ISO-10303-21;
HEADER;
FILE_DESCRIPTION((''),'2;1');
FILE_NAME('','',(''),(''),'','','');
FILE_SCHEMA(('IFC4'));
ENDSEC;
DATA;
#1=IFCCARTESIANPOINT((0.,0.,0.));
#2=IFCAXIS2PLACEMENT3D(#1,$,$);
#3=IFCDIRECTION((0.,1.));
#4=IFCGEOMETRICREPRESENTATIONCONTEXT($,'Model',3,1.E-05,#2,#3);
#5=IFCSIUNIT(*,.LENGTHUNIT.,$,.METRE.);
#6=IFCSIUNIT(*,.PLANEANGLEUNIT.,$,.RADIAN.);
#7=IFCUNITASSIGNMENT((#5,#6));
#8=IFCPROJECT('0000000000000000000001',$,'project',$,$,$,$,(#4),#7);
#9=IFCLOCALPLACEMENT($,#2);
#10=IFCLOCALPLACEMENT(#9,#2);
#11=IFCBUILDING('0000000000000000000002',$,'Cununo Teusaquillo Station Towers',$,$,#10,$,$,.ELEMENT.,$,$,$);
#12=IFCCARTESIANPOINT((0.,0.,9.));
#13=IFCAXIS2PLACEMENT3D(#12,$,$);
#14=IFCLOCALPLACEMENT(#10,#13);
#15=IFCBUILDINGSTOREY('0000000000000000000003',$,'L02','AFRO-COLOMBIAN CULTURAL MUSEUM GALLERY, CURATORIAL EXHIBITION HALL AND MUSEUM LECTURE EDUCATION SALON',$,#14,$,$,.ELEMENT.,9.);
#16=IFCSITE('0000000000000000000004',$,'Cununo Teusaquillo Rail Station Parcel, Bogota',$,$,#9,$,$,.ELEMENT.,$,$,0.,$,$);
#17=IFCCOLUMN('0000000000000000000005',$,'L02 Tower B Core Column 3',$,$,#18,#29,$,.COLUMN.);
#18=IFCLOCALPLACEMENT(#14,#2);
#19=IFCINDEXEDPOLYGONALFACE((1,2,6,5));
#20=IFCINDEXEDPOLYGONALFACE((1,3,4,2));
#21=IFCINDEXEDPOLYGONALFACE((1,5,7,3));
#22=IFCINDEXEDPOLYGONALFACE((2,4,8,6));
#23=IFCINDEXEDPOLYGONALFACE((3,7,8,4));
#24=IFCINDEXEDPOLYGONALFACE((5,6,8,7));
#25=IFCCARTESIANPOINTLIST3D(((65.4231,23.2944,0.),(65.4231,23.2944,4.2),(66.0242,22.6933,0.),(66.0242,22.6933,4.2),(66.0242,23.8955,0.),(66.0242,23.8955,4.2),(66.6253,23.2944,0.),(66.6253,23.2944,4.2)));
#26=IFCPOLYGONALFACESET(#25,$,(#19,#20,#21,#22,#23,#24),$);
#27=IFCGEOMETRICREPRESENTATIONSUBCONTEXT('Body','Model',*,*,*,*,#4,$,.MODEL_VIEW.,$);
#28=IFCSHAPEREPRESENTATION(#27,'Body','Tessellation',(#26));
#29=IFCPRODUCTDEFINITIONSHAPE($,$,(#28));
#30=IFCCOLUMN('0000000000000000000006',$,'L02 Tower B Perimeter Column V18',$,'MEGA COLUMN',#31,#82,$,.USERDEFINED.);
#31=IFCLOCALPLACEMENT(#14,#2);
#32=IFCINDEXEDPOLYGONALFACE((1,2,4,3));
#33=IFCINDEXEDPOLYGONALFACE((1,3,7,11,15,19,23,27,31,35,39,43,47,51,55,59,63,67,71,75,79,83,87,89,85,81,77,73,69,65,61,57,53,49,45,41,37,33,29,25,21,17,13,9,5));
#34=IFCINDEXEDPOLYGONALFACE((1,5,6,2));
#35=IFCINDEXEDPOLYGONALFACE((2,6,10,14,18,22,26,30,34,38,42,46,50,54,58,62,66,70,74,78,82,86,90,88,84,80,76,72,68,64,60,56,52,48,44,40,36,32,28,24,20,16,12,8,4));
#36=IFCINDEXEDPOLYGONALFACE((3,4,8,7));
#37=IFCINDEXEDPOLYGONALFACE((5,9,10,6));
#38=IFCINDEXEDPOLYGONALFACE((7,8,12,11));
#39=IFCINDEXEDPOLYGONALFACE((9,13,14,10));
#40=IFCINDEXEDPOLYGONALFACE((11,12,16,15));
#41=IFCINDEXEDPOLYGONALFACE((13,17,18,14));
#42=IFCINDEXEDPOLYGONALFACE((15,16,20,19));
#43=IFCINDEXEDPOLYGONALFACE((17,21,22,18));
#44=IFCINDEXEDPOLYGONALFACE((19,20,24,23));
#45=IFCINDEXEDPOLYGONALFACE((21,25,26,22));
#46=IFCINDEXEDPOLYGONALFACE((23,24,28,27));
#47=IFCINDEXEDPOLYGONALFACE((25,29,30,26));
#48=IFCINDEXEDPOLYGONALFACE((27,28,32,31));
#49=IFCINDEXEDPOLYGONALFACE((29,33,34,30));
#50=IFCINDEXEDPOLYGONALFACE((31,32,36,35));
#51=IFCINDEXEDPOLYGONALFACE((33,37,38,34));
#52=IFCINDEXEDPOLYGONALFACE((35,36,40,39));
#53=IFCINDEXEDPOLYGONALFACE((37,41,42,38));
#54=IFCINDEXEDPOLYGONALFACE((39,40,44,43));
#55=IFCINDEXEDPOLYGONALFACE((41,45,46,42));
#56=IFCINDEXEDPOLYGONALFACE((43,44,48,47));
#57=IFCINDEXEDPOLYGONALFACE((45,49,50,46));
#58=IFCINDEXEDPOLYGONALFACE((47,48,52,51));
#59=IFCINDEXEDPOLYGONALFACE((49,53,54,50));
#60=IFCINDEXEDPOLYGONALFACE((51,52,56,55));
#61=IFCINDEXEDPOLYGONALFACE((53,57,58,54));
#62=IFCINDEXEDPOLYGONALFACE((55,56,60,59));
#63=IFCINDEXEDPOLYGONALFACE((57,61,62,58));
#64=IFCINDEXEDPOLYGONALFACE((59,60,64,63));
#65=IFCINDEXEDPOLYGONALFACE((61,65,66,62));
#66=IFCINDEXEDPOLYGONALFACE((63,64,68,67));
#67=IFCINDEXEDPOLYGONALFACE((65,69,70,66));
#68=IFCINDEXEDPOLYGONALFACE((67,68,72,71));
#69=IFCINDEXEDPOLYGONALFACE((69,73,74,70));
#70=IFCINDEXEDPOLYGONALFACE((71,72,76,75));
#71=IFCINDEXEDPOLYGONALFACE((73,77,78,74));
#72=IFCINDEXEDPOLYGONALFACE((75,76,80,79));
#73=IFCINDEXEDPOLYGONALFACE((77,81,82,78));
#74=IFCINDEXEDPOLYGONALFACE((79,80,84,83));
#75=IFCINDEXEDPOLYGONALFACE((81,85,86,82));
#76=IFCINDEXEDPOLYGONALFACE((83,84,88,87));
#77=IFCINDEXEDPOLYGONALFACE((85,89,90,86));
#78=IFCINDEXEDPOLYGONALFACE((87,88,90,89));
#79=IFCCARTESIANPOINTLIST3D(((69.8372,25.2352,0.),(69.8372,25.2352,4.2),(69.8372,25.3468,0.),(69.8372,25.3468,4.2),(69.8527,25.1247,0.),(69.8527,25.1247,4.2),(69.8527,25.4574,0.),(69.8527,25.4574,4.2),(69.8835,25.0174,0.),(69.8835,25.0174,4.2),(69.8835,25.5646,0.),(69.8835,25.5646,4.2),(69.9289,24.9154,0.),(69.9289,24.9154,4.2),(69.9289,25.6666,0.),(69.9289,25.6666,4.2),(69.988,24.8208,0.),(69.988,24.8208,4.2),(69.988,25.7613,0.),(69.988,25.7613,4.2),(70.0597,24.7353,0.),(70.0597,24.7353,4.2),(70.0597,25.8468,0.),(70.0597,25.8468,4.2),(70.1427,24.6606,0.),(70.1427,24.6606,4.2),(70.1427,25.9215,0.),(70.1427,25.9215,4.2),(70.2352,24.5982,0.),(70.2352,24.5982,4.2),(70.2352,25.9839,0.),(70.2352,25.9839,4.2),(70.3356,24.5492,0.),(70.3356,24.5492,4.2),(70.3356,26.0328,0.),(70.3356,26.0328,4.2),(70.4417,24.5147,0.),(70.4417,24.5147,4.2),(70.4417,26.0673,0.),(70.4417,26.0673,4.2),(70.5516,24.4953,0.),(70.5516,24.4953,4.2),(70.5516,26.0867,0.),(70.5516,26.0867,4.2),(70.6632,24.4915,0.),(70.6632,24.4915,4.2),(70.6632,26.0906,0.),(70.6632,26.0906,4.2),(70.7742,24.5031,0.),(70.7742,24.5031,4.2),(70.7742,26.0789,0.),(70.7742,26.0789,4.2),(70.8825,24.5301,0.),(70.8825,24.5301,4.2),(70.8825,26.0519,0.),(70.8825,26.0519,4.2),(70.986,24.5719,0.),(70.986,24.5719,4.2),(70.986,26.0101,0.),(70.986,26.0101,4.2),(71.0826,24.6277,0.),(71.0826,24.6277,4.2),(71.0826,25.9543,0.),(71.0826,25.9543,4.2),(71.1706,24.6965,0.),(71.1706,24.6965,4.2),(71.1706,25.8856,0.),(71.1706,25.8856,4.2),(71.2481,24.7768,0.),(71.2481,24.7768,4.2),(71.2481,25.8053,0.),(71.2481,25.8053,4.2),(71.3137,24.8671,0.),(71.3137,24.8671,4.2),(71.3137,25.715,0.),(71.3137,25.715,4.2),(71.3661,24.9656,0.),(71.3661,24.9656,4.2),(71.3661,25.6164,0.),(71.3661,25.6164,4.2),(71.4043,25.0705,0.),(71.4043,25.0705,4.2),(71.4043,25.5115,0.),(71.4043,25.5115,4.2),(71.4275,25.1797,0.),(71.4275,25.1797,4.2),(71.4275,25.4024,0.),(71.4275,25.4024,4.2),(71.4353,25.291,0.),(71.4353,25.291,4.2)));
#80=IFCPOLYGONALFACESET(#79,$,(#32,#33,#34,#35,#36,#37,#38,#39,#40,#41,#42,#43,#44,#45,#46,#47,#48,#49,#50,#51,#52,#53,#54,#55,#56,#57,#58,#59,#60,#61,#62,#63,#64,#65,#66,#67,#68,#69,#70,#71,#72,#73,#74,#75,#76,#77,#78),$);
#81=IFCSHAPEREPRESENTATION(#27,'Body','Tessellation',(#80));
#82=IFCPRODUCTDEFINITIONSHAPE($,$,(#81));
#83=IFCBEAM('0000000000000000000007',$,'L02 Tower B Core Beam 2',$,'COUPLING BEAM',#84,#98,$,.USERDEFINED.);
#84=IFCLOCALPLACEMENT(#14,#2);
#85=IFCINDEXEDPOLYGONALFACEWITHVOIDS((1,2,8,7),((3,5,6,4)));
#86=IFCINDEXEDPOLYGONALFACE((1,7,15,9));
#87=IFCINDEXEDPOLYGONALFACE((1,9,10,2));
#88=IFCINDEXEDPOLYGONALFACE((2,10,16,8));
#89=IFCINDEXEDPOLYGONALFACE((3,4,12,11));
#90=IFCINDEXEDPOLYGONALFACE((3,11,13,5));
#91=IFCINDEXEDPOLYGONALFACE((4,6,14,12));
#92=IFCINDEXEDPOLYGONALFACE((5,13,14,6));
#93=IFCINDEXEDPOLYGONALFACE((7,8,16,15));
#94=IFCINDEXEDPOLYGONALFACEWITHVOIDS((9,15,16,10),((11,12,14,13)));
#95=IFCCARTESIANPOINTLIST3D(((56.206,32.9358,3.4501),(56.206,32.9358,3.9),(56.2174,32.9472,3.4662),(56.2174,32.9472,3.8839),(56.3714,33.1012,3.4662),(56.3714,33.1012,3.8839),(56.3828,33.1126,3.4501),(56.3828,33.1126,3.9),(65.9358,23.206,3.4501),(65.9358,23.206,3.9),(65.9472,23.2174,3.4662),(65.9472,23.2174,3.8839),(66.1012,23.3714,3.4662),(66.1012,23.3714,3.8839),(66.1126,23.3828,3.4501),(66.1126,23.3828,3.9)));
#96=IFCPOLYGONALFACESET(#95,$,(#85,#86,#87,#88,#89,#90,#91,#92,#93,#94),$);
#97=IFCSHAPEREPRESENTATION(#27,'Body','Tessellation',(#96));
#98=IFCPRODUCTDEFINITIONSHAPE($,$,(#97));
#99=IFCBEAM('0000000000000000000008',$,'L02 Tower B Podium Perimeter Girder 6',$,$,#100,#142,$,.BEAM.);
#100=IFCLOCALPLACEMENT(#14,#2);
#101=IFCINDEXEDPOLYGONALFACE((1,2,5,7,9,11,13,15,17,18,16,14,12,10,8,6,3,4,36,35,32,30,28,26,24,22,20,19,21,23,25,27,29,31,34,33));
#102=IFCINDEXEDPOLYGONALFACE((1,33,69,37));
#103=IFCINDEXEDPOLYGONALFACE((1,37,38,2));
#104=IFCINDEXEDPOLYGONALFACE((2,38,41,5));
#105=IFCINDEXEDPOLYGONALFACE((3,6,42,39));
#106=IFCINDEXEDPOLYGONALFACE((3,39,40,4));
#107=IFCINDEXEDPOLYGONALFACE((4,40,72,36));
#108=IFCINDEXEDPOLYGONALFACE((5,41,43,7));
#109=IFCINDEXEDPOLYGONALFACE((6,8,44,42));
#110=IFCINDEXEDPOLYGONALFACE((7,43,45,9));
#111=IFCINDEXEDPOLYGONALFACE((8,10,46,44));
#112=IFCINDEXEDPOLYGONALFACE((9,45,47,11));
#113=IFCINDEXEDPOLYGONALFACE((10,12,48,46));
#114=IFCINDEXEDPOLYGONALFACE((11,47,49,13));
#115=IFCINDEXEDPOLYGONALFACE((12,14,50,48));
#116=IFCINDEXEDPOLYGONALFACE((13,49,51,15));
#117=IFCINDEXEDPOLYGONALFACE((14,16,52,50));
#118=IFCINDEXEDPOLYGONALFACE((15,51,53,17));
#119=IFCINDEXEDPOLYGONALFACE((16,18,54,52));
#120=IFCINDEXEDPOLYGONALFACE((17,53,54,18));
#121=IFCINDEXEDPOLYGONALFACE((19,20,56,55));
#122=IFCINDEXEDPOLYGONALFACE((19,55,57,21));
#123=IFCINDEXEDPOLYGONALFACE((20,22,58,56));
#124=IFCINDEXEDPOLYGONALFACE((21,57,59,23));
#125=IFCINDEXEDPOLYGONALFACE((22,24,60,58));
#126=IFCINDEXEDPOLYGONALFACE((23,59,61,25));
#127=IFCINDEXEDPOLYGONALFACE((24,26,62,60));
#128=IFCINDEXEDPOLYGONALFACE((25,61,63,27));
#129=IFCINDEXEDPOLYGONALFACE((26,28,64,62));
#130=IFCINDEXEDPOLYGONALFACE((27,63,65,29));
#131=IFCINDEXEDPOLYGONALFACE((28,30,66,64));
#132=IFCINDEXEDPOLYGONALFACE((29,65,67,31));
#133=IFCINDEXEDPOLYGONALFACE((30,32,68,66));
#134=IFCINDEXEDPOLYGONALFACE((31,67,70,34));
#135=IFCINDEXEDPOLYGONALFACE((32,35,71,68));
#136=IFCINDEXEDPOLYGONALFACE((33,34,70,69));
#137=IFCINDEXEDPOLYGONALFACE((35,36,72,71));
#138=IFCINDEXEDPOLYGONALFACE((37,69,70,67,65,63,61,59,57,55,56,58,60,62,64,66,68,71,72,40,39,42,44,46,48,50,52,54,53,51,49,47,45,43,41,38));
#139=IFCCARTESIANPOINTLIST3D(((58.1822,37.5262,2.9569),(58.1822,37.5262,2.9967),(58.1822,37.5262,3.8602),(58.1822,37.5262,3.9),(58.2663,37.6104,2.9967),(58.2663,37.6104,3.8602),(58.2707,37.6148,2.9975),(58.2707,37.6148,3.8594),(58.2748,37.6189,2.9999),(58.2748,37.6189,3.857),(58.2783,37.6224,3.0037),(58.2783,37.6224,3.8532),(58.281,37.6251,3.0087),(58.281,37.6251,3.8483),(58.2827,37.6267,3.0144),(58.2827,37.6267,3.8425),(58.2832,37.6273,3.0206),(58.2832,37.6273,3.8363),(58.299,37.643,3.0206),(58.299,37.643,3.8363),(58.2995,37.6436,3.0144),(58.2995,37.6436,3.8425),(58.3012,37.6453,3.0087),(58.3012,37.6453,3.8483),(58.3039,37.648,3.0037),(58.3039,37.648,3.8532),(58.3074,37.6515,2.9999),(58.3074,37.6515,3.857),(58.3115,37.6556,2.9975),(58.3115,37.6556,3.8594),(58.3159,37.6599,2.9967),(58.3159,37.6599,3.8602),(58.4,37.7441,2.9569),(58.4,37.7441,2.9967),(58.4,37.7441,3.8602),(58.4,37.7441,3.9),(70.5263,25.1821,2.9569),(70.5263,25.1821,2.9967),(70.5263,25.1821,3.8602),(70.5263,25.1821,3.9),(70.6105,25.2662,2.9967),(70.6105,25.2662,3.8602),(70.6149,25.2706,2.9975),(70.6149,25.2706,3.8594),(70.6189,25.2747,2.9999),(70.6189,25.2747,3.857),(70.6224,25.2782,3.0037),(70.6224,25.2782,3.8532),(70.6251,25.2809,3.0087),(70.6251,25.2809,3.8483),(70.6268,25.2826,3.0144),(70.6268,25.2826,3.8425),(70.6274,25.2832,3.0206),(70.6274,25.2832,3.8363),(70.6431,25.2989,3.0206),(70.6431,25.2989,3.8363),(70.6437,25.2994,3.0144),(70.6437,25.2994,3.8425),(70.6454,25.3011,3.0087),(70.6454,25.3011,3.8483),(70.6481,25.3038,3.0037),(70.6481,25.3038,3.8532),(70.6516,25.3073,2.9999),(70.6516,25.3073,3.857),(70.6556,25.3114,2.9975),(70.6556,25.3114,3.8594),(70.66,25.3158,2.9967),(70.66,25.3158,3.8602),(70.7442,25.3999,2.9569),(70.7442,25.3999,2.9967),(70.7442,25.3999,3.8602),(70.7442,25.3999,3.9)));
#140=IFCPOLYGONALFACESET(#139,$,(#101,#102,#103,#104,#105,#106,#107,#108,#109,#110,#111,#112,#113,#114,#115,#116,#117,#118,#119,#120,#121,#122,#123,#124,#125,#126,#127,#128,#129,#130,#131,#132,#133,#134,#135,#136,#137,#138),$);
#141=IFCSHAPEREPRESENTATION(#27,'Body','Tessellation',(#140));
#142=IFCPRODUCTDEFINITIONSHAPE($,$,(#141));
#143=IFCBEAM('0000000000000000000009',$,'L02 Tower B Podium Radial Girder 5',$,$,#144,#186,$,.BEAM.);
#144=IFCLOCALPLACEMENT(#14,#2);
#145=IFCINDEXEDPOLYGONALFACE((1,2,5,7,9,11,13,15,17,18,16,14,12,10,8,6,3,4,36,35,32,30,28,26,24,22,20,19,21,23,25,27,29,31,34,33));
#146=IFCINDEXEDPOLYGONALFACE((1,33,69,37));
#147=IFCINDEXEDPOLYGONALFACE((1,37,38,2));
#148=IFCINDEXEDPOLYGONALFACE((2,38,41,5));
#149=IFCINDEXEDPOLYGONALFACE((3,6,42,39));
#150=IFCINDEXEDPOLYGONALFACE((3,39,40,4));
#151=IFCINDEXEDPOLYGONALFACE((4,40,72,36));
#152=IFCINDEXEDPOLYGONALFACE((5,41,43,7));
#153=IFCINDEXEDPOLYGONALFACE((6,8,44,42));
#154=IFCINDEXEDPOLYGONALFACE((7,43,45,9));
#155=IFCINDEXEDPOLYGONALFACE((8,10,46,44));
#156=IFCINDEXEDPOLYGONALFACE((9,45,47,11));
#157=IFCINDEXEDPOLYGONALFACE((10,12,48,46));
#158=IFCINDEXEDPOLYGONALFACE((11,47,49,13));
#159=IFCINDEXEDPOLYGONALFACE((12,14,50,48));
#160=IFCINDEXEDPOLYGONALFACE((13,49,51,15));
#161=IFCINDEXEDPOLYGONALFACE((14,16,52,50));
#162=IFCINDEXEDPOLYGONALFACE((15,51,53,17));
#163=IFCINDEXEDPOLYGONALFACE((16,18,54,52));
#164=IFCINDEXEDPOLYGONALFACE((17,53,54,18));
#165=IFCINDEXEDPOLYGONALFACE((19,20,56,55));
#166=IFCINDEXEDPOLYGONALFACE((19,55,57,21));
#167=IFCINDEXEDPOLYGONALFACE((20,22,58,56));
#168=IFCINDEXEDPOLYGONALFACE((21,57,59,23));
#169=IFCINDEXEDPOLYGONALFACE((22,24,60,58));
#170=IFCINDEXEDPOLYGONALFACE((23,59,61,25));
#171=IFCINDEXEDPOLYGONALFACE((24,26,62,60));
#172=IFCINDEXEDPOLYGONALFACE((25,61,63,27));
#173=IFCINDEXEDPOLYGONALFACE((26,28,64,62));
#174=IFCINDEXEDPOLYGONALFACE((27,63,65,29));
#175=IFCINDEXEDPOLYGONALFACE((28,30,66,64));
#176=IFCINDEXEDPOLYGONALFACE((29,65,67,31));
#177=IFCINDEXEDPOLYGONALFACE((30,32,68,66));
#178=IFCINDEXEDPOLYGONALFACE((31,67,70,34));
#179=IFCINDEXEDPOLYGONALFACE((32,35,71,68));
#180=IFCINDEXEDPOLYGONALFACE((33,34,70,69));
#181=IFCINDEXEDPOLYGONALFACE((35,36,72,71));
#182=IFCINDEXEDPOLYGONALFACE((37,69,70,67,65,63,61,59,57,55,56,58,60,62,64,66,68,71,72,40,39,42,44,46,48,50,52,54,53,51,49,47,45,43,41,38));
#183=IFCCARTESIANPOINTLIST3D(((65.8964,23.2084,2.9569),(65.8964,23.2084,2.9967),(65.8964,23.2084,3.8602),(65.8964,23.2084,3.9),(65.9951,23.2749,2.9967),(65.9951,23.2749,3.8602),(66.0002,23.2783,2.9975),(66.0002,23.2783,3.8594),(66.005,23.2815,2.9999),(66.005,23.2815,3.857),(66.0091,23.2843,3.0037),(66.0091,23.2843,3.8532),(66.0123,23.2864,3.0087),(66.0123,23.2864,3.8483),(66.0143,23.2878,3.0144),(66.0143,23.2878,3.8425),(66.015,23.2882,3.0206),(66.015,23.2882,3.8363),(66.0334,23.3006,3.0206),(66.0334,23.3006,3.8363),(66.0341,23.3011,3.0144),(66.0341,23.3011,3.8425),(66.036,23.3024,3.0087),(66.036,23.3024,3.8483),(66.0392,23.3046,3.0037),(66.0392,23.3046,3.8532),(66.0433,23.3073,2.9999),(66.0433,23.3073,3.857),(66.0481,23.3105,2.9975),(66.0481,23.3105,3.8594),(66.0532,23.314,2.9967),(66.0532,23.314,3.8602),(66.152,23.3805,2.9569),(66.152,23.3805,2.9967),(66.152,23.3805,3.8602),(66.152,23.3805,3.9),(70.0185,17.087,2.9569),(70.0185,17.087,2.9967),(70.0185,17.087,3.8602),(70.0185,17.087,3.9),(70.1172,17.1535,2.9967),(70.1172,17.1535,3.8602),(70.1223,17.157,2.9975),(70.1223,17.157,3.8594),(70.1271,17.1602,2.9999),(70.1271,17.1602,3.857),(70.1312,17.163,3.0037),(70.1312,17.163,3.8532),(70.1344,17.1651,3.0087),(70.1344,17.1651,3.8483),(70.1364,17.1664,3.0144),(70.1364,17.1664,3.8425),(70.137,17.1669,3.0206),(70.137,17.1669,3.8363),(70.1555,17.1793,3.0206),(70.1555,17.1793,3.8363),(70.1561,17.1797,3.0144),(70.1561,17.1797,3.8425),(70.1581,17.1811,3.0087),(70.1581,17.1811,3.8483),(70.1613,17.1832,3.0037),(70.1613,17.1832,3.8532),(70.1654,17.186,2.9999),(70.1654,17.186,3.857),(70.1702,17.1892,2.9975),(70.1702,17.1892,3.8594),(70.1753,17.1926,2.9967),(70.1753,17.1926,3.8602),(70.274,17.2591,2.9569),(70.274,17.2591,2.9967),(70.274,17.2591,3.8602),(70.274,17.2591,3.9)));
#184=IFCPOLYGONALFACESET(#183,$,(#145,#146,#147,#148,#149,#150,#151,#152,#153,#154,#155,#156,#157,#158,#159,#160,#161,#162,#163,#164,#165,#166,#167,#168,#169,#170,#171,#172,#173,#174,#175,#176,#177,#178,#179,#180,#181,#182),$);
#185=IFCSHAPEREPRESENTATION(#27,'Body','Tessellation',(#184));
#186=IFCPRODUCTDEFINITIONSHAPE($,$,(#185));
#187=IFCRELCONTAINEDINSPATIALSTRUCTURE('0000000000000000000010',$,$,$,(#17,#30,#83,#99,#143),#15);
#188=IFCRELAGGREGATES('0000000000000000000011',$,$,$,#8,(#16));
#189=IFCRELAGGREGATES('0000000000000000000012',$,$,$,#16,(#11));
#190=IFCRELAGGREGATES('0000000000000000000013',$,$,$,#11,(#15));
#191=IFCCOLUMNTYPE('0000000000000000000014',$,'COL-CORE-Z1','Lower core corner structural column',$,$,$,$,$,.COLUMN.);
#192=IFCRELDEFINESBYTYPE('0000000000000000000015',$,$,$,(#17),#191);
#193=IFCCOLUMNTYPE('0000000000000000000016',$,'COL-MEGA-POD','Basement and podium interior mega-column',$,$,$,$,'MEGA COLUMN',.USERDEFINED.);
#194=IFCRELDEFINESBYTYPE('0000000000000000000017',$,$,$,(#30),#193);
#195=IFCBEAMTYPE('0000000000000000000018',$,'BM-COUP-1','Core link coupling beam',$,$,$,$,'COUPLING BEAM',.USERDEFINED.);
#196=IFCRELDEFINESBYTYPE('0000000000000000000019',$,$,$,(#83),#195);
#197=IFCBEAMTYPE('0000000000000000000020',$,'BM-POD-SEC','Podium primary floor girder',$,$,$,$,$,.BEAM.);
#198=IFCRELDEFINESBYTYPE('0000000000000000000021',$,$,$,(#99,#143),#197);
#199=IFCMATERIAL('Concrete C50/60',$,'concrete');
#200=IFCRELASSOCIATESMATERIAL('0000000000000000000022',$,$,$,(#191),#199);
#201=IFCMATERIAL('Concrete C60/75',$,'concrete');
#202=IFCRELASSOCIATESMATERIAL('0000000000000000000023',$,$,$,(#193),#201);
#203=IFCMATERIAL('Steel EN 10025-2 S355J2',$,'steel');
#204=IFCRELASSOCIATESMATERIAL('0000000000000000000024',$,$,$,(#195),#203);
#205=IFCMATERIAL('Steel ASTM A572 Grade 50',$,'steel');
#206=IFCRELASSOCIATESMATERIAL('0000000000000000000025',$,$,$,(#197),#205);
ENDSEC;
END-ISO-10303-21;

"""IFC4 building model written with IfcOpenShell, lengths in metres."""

from ifc_helpers import new_model, si_unit, direction, frame, origin, origin_2d, place, context, subcontext, project, spatial, rectangle, hollow_rectangle, circle, i_section, extrude, material, material_profile, profile_set, type_object, element, save


model = new_model("IFC4")

# Units and contexts
model_context = context("Model", 3, precision=1e-05, world=origin(), true_north=direction((0.0, 1.0)))
body_context = subcontext(model_context, "Body", "Model", "MODEL_VIEW")
ifc_project = project(units=[si_unit("LENGTHUNIT", "METRE"), si_unit("PLANEANGLEUNIT", "RADIAN")], contexts=[model_context])

# Site, building, storey
site_placement = place(None, origin())
site = spatial("IfcSite", under=ifc_project, at=site_placement, Name="Cununo Teusaquillo Rail Station Parcel, Bogota", CompositionType="ELEMENT", RefElevation=0.0)
building_placement = place(site_placement, origin())
building = spatial("IfcBuilding", under=site, at=building_placement, Name="Cununo Teusaquillo Station Towers", CompositionType="ELEMENT")
storey_placement = place(building_placement, frame((0.0, 0.0, 9.0)))
storey = spatial("IfcBuildingStorey", under=building, at=storey_placement, Name="L02", Description="AFRO-COLOMBIAN CULTURAL MUSEUM GALLERY, CURATORIAL EXHIBITION HALL AND MUSEUM LECTURE EDUCATION SALON", CompositionType="ELEMENT", Elevation=9.0)

# Columns
ifc_material_1 = material(Name="Concrete C50/60", Category="concrete")
ifc_material_profile_1 = material_profile(ifc_material_1, rectangle(XDim=0.8501, YDim=0.8501, at=origin_2d()), Name="RC-RECT-850x850")
ifc_profile_set_1 = profile_set([ifc_material_profile_1], Name="Concrete C50/60")
column_type_1 = type_object("IfcColumnType", Name="COL-CORE-Z1", Description="Lower core corner structural column", PredefinedType="COLUMN", material=ifc_profile_set_1)
column_1_placement = place(storey_placement, frame((66.0242, 23.2944, 0.0), z_axis=(0.0, 0.0, 1.0), x_axis=(0.707107, 0.707107, 0.0)))
element("IfcColumn", 1, at=column_1_placement, inside=storey, type_object=column_type_1, Name="L02 Tower B Core Column 3", PredefinedType="COLUMN", context=body_context, shape_type="SweptSolid", body=[
    extrude(rectangle(XDim=0.8501, YDim=0.8501, at=origin_2d()), origin(), (0.0, 0.0, 1.0), 4.2),
])
ifc_material_2 = material(Name="Concrete C60/75", Category="concrete")
ifc_material_profile_2 = material_profile(ifc_material_2, circle(Radius=0.8, at=origin_2d()), Name="RC-CIRC-1600")
ifc_profile_set_2 = profile_set([ifc_material_profile_2], Name="Concrete C60/75")
column_type_2 = type_object("IfcColumnType", Name="COL-MEGA-POD", Description="Basement and podium interior mega-column", ElementType="MEGA COLUMN", PredefinedType="USERDEFINED", material=ifc_profile_set_2)
column_2_placement = place(storey_placement, frame((70.6353, 25.291, 0.0), z_axis=(0.0, 0.0, 1.0), x_axis=(1.0, 0.0, 0.0)))
element("IfcColumn", 2, at=column_2_placement, inside=storey, type_object=column_type_2, Name="L02 Tower B Perimeter Column V18", ObjectType="MEGA COLUMN", PredefinedType="USERDEFINED", context=body_context, shape_type="SweptSolid", body=[
    extrude(circle(Radius=0.8, at=origin_2d()), origin(), (0.0, 0.0, 1.0), 4.2),
])

# Beams
ifc_material_3 = material(Name="Steel EN 10025-2 S355J2", Category="steel")
ifc_material_profile_3 = material_profile(ifc_material_3, hollow_rectangle(XDim=0.25, YDim=0.45, WallThickness=0.0161, at=origin_2d()), Name="RHS 450x250x16")
ifc_profile_set_3 = profile_set([ifc_material_profile_3], Name="Steel EN 10025-2 S355J2")
beam_type_1 = type_object("IfcBeamType", Name="BM-COUP-1", Description="Core link coupling beam", ElementType="COUPLING BEAM", PredefinedType="USERDEFINED", material=ifc_profile_set_3)
beam_1_placement = place(storey_placement, frame((66.0242, 23.2944, 3.675), z_axis=(-0.707107, 0.707107, 0.0), x_axis=(-0.707107, -0.707107, 0.0)))
element("IfcBeam", 3, at=beam_1_placement, inside=storey, type_object=beam_type_1, Name="L02 Tower B Core Beam 2", ObjectType="COUPLING BEAM", PredefinedType="USERDEFINED", context=body_context, shape_type="SweptSolid", body=[
    extrude(hollow_rectangle(XDim=0.25, YDim=0.45, WallThickness=0.0161, at=origin_2d()), origin(), (0.0, 0.0, 1.0), 13.76),
])
ifc_material_4 = material(Name="Steel ASTM A572 Grade 50", Category="steel")
ifc_material_profile_4 = material_profile(ifc_material_4, i_section(OverallWidth=0.3081, OverallDepth=0.9431, WebThickness=0.0222, FlangeThickness=0.0398, FilletRadius=0.0239, at=origin_2d()), Name="W36X232")
ifc_profile_set_4 = profile_set([ifc_material_profile_4], Name="Steel ASTM A572 Grade 50")
beam_type_2 = type_object("IfcBeamType", Name="BM-POD-SEC", Description="Podium primary floor girder", PredefinedType="BEAM", material=ifc_profile_set_4)
beam_2_placement = place(storey_placement, frame((70.6353, 25.291, 3.4285), z_axis=(-0.707107, 0.707107, 0.0), x_axis=(-0.707107, -0.707107, 0.0)))
element("IfcBeam", 4, at=beam_2_placement, inside=storey, type_object=beam_type_2, Name="L02 Tower B Podium Perimeter Girder 6", PredefinedType="BEAM", context=body_context, shape_type="SweptSolid", body=[
    extrude(i_section(OverallWidth=0.3081, OverallDepth=0.9431, WebThickness=0.0222, FlangeThickness=0.0398, FilletRadius=0.0239, at=origin_2d()), origin(), (0.0, 0.0, 1.0), 17.4573),
])
beam_3_placement = place(storey_placement, frame((66.0242, 23.2944, 3.4285), z_axis=(0.558557, -0.829466, 0.0), x_axis=(0.829466, 0.558557, 0.0)))
element("IfcBeam", 5, at=beam_3_placement, inside=storey, type_object=beam_type_2, Name="L02 Tower B Podium Radial Girder 5", PredefinedType="BEAM", context=body_context, shape_type="SweptSolid", body=[
    extrude(i_section(OverallWidth=0.3081, OverallDepth=0.9431, WebThickness=0.0222, FlangeThickness=0.0398, FilletRadius=0.0239, at=origin_2d()), origin(), (0.0, 0.0, 1.0), 7.3799),
])

save(model, "model.ifc")
